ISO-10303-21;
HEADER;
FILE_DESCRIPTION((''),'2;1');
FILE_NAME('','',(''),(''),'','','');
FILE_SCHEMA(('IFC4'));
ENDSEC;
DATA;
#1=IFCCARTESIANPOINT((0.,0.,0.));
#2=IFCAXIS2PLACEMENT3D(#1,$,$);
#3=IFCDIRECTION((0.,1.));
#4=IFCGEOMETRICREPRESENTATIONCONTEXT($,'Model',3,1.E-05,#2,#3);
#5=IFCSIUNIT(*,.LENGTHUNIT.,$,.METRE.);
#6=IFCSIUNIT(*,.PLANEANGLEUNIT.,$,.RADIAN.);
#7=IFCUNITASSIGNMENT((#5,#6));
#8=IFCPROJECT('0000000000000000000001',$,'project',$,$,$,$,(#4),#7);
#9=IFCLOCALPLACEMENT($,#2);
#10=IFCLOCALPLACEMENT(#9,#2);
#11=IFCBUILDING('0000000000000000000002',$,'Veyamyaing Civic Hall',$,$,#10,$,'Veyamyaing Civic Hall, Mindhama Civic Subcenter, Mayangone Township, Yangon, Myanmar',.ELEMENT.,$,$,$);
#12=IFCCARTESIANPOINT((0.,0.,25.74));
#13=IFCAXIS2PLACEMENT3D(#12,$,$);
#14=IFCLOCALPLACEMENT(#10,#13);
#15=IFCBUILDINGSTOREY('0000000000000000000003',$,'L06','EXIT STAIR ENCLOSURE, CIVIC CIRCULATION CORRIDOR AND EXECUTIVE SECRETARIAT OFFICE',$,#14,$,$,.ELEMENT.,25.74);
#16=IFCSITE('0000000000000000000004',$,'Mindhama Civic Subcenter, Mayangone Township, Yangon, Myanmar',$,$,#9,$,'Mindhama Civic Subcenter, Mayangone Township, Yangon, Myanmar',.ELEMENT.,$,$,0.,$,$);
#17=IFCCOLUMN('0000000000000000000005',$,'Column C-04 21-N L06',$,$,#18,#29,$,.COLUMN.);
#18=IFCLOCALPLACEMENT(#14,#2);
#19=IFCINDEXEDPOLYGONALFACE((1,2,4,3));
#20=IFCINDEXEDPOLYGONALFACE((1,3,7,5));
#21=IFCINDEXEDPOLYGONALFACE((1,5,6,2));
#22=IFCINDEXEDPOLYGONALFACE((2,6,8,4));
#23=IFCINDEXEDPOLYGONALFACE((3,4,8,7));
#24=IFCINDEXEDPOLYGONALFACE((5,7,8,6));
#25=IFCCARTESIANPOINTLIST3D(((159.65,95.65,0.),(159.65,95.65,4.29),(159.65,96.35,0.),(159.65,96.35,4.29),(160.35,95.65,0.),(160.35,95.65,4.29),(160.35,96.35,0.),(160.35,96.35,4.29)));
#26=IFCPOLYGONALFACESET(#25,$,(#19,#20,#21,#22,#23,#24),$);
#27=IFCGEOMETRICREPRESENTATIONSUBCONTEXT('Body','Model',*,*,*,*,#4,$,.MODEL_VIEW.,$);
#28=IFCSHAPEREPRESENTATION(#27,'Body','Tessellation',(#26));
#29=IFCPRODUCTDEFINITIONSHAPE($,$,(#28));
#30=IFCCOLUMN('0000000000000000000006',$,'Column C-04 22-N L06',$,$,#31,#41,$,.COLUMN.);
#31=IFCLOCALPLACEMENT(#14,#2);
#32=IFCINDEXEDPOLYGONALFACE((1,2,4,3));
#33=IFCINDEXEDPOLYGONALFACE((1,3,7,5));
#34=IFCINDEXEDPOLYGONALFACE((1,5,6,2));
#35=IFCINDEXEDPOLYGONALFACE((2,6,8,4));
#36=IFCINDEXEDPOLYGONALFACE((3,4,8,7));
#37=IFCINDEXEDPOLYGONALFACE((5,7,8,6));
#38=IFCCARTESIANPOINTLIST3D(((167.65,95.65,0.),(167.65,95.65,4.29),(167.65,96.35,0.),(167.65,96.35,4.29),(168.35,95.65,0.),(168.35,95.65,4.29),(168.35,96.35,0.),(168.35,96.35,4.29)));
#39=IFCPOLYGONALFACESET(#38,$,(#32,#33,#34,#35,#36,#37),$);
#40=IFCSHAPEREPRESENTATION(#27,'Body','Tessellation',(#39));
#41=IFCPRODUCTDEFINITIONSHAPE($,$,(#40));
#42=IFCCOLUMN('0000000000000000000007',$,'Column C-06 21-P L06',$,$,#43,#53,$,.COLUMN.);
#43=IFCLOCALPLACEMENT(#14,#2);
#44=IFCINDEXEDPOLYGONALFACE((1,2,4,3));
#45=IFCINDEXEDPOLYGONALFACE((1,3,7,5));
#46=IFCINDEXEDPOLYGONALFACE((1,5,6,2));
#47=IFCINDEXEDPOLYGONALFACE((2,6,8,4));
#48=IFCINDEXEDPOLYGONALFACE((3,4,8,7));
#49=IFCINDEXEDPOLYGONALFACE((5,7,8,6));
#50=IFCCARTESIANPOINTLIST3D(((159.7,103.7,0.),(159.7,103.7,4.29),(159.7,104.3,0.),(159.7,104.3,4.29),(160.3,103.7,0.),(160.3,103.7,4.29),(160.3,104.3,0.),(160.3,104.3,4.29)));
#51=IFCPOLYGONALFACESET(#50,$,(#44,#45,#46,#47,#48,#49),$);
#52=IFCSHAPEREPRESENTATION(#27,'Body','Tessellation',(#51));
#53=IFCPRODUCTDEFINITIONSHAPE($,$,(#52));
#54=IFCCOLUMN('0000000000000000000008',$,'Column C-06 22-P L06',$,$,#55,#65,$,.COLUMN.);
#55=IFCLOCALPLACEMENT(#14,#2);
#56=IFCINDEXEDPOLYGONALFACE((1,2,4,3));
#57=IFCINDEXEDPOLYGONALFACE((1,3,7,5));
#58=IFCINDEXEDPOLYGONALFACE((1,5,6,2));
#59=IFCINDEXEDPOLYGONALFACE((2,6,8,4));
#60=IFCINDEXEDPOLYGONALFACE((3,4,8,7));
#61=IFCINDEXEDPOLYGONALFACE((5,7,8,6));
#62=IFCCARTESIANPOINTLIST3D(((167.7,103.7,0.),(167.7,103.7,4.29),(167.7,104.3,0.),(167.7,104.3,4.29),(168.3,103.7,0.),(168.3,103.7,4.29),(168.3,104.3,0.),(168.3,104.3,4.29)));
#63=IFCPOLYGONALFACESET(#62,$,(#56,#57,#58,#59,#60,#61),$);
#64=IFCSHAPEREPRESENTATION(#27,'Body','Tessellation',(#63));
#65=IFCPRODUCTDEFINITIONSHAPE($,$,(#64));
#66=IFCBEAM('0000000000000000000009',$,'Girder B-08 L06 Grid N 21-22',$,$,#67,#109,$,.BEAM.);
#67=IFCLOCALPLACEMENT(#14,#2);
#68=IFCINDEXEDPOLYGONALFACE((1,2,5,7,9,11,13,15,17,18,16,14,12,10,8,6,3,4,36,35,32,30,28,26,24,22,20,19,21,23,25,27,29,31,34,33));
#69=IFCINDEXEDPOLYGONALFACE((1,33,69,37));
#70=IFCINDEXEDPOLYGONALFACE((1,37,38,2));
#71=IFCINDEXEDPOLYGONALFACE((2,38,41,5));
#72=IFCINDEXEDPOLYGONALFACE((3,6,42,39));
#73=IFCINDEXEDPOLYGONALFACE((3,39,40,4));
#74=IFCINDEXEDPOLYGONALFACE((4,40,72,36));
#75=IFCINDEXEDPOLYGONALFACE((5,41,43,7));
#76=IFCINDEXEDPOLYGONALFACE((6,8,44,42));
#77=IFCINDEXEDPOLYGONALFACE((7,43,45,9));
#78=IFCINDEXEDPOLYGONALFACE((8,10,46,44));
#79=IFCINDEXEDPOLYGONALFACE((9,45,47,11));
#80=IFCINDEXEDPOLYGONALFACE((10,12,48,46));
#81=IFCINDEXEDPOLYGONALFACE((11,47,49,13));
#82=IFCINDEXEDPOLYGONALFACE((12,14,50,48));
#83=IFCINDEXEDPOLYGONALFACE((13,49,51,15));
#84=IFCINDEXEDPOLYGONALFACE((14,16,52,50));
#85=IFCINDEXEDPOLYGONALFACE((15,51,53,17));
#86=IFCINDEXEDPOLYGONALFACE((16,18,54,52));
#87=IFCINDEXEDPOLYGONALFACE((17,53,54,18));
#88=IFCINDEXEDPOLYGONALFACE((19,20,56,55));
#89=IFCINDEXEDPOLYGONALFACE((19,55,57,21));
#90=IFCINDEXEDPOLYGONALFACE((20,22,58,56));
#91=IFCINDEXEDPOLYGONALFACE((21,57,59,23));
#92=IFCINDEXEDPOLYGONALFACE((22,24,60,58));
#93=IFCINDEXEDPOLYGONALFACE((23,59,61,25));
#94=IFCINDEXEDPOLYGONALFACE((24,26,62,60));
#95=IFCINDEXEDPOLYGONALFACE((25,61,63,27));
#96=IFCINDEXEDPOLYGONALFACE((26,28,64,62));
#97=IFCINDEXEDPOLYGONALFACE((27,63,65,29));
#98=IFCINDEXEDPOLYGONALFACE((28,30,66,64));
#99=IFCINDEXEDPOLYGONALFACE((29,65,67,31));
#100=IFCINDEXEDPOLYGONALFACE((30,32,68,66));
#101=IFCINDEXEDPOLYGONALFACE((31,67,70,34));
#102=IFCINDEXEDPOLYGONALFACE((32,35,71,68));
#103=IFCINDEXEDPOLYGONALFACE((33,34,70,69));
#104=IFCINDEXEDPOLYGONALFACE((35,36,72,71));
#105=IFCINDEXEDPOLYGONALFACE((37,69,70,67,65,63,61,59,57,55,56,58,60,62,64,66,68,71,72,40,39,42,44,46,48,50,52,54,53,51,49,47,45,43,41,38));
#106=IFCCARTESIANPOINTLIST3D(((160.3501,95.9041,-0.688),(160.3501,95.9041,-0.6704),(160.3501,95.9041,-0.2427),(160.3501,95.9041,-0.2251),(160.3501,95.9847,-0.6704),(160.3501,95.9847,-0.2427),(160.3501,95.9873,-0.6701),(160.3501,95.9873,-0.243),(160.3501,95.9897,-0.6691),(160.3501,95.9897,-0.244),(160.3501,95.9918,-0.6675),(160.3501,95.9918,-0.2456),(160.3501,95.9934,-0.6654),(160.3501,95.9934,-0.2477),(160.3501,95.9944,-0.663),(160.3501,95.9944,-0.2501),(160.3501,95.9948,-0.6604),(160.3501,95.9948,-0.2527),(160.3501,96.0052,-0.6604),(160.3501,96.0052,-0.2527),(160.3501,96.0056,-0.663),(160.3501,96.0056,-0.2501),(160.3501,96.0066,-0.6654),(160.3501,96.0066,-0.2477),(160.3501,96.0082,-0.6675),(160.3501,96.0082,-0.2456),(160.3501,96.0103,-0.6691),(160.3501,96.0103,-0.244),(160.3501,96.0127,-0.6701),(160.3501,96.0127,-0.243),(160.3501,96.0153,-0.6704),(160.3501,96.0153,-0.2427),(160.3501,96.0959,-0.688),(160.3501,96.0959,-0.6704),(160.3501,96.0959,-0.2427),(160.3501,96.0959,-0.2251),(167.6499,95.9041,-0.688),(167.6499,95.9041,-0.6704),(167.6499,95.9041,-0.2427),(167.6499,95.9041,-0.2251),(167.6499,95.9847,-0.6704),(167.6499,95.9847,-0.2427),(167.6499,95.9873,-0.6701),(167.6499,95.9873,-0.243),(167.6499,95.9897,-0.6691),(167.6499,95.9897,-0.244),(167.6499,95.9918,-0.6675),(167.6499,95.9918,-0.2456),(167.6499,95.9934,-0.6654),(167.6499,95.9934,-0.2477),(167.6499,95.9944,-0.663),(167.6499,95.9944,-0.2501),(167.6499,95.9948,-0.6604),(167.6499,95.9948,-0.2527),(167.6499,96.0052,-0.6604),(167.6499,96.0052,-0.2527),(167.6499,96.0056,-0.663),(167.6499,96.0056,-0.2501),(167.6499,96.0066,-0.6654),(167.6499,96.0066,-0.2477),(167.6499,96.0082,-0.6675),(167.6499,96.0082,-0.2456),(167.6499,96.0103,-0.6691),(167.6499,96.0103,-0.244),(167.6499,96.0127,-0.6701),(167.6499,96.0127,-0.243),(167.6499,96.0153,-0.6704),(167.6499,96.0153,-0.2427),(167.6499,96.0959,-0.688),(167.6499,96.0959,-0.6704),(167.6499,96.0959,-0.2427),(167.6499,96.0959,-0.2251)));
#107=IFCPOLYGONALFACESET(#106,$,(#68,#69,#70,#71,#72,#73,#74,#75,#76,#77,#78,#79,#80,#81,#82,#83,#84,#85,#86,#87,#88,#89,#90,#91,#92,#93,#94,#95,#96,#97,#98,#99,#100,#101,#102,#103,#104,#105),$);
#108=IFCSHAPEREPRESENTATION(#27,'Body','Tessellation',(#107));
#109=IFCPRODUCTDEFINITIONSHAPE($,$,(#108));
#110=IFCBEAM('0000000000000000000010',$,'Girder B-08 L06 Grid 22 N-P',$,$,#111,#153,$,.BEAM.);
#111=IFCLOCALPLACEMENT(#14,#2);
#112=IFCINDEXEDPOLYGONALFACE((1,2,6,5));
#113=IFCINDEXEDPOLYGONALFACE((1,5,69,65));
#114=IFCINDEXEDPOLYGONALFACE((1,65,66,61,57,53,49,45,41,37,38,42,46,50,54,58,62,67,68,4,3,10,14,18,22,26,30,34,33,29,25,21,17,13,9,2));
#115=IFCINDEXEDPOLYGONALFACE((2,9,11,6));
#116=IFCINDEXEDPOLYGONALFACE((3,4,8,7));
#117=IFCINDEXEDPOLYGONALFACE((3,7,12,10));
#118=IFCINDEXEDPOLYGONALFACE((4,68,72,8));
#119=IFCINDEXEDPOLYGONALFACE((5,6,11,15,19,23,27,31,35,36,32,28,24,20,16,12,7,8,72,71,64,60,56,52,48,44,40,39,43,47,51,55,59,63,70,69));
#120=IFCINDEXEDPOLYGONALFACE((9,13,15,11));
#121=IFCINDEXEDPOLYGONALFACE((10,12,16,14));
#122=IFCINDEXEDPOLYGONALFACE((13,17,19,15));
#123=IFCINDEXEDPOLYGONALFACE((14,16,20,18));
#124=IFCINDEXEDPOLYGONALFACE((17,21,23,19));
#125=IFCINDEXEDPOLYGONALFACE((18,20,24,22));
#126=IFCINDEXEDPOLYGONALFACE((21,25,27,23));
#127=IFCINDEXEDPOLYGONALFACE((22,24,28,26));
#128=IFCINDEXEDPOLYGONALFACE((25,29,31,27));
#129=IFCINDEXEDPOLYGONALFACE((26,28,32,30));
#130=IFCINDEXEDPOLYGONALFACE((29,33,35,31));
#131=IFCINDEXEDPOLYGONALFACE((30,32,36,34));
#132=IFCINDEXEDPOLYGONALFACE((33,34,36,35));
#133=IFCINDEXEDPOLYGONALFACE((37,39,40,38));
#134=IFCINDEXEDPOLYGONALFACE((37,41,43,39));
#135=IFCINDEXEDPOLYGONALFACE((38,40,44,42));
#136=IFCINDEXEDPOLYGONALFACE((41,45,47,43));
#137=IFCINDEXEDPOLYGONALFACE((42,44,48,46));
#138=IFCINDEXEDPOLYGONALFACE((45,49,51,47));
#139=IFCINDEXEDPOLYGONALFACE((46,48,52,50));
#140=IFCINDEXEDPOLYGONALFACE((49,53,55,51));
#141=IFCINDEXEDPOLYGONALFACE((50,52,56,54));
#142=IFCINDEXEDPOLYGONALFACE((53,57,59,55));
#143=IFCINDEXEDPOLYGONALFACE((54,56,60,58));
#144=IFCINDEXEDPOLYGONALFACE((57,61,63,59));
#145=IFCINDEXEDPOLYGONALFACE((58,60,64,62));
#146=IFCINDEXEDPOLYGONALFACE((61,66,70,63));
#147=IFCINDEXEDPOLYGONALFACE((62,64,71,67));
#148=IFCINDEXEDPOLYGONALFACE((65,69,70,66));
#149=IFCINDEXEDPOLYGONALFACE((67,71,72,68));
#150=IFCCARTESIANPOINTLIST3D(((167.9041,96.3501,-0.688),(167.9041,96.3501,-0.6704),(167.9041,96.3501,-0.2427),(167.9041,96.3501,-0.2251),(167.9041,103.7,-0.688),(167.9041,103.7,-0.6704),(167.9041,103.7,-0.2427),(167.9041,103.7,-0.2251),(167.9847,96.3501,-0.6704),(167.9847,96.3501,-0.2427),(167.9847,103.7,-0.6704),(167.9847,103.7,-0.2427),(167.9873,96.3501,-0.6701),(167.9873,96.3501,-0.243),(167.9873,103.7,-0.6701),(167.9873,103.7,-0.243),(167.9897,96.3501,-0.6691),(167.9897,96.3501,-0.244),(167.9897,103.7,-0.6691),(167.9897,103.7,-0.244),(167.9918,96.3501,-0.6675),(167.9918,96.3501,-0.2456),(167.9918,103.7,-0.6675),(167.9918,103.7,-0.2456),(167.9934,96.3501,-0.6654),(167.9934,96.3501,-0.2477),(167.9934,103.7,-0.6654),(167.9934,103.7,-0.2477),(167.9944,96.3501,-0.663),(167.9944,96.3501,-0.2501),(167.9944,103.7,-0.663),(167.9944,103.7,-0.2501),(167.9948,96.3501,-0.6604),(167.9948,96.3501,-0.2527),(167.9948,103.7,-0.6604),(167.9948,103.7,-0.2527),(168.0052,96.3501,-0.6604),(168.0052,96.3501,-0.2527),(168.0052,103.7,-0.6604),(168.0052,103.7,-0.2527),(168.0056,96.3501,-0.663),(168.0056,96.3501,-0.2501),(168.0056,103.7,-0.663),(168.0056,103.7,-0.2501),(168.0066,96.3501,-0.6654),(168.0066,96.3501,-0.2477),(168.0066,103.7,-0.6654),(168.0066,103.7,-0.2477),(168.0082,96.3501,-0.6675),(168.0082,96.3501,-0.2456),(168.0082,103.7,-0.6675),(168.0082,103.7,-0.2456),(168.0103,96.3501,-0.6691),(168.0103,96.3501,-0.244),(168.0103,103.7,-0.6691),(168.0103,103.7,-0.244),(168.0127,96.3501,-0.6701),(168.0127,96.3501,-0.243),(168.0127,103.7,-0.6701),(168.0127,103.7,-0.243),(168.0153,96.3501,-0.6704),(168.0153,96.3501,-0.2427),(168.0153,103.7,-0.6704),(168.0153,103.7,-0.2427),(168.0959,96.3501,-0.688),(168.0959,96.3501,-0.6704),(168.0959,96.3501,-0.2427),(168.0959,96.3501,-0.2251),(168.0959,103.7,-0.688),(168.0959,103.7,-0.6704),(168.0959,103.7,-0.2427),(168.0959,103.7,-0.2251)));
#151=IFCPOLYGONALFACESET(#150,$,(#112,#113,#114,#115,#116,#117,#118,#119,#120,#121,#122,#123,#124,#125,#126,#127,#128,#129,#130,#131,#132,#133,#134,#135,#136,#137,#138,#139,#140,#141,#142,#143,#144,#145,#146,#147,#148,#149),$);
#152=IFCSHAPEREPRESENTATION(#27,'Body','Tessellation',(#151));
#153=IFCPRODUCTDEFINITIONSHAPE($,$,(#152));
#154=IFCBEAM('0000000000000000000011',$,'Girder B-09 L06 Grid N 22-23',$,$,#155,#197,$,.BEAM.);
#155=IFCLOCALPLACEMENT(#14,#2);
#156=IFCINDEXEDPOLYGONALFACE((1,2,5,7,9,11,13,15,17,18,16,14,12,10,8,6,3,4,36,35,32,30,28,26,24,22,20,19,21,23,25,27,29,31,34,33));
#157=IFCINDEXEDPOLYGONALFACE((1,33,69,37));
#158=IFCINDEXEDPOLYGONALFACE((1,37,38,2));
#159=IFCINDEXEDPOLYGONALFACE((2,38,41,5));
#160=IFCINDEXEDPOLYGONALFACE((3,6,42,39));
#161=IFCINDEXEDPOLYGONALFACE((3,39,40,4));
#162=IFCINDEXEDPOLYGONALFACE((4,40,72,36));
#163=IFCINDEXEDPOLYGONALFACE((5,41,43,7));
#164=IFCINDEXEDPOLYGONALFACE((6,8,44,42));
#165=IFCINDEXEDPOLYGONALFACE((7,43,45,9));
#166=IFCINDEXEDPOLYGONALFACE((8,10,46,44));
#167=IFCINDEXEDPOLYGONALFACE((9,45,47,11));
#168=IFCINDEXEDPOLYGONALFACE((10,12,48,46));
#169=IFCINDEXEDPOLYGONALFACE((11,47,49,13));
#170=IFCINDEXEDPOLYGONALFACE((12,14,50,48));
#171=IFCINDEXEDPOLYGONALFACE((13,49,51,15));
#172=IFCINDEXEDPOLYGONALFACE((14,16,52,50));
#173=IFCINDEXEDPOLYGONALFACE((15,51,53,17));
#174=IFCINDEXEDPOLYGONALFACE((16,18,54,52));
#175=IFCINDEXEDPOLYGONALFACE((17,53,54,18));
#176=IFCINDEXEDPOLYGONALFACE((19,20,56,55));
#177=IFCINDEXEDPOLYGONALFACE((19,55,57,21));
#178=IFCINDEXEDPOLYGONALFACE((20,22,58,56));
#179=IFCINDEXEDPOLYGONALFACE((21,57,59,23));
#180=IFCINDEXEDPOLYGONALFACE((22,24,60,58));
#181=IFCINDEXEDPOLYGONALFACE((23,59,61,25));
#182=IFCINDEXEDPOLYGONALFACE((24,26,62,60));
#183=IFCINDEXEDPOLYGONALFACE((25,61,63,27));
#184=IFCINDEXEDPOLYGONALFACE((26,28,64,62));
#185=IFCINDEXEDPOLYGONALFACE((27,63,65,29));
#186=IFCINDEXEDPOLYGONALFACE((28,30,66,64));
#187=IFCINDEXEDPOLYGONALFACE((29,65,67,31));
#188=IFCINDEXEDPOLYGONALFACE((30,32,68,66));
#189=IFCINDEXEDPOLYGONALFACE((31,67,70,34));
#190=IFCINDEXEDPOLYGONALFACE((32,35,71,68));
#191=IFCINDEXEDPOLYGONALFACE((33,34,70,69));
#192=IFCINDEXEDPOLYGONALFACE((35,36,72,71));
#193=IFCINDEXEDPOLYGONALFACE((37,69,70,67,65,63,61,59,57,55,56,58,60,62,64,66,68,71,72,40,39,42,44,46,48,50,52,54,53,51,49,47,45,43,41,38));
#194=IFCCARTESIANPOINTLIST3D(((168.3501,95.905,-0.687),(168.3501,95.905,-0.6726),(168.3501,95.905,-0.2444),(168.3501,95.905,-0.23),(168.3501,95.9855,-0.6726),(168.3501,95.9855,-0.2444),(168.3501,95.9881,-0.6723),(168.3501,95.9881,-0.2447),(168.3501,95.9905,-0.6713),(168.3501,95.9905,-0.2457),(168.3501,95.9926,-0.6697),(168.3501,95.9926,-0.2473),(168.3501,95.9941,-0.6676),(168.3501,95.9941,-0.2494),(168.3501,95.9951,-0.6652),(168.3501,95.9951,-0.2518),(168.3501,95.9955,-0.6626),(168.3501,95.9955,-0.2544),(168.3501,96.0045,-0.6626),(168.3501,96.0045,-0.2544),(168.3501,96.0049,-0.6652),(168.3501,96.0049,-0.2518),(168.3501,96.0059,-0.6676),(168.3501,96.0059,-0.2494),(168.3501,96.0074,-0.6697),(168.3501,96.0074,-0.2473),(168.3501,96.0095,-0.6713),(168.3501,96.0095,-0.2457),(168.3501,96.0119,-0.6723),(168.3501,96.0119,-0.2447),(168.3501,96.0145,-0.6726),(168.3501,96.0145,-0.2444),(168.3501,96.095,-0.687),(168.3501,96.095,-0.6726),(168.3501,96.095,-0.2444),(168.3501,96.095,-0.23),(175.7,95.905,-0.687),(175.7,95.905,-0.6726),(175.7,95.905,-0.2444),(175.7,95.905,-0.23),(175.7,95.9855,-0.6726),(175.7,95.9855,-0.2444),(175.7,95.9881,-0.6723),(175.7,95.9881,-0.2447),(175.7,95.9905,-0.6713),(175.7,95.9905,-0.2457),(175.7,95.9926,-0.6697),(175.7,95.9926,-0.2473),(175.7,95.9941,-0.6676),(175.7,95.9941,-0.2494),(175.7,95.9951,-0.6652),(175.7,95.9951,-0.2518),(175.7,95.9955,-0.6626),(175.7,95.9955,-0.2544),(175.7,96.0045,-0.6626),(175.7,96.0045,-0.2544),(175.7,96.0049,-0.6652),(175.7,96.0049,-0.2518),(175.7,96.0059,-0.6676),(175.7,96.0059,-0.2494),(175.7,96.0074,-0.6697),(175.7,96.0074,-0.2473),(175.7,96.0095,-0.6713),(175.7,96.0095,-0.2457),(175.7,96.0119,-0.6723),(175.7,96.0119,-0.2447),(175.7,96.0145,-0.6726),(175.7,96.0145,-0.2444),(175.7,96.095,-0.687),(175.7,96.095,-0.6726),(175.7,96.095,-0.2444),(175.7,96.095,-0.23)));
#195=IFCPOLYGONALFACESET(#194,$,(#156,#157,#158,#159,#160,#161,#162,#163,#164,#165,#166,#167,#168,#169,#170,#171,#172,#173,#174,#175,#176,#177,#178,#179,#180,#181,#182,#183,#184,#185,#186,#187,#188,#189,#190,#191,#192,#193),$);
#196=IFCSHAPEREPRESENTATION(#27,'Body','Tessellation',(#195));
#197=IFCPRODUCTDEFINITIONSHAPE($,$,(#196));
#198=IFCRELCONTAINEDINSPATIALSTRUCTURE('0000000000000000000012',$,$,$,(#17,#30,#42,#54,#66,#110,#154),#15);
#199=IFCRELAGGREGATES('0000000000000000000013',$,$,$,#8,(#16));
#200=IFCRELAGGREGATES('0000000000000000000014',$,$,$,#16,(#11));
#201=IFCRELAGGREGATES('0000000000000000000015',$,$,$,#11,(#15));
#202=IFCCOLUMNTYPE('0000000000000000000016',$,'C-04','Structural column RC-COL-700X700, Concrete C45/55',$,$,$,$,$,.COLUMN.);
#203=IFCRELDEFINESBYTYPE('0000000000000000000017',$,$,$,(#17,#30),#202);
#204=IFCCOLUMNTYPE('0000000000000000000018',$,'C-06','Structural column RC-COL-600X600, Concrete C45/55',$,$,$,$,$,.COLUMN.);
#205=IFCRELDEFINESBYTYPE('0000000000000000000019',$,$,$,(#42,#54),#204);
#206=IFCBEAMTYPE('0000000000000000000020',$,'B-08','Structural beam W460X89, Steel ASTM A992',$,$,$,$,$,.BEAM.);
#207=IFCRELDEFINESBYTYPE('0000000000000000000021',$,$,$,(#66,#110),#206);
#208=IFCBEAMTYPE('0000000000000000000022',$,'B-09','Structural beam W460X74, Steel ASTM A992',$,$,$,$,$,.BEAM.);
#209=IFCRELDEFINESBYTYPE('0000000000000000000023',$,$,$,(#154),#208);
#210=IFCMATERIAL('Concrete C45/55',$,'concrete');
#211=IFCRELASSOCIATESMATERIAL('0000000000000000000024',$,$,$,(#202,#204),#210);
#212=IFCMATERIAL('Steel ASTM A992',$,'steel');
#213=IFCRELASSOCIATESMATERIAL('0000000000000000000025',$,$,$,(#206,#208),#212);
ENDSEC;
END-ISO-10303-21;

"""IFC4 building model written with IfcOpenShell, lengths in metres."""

from ifc_helpers import new_model, si_unit, direction, frame, origin, origin_2d, place, context, subcontext, project, spatial, rectangle, i_section, extrude, material, material_profile, profile_set, type_object, element, save


model = new_model("IFC4")

# Units and contexts
model_context = context("Model", 3, precision=1e-05, world=origin(), true_north=direction((0.0, 1.0)))
body_context = subcontext(model_context, "Body", "Model", "MODEL_VIEW")
ifc_project = project(units=[si_unit("LENGTHUNIT", "METRE"), si_unit("PLANEANGLEUNIT", "RADIAN")], contexts=[model_context])

# Site, building, storey
site_placement = place(None, origin())
site = spatial("IfcSite", under=ifc_project, at=site_placement, Name="Mindhama Civic Subcenter, Mayangone Township, Yangon, Myanmar", LongName="Mindhama Civic Subcenter, Mayangone Township, Yangon, Myanmar", CompositionType="ELEMENT", RefElevation=0.0)
building_placement = place(site_placement, origin())
building = spatial("IfcBuilding", under=site, at=building_placement, Name="Veyamyaing Civic Hall", LongName="Veyamyaing Civic Hall, Mindhama Civic Subcenter, Mayangone Township, Yangon, Myanmar", CompositionType="ELEMENT")
storey_placement = place(building_placement, frame((0.0, 0.0, 25.74)))
storey = spatial("IfcBuildingStorey", under=building, at=storey_placement, Name="L06", Description="EXIT STAIR ENCLOSURE, CIVIC CIRCULATION CORRIDOR AND EXECUTIVE SECRETARIAT OFFICE", CompositionType="ELEMENT", Elevation=25.74)

# Columns
ifc_material_1 = material(Name="Concrete C45/55", Category="concrete")
ifc_material_profile_1 = material_profile(ifc_material_1, rectangle(XDim=0.7, YDim=0.7, at=origin_2d()), Name="RC-COL-700X700")
ifc_profile_set_1 = profile_set([ifc_material_profile_1], Name="Concrete C45/55")
column_type_1 = type_object("IfcColumnType", Name="C-04", Description="Structural column RC-COL-700X700, Concrete C45/55", PredefinedType="COLUMN", material=ifc_profile_set_1)
for number, where, z_axis, x_axis, name in (
    (1, (160.0, 96.0, 0.0), (0.0, 0.0, 1.0), (1.0, 0.0, 0.0), "Column C-04 21-N L06"),
    (2, (168.0, 96.0, 0.0), (0.0, 0.0, 1.0), (1.0, 0.0, 0.0), "Column C-04 22-N L06"),
):
    element("IfcColumn", number, at=place(storey_placement, frame(where, z_axis=z_axis, x_axis=x_axis)), inside=storey, type_object=column_type_1, Name=name, PredefinedType="COLUMN", context=body_context, shape_type="SweptSolid", body=[
        extrude(rectangle(XDim=0.7, YDim=0.7, at=origin_2d()), origin(), (0.0, 0.0, 1.0), 4.29),
    ])
ifc_material_profile_2 = material_profile(ifc_material_1, rectangle(XDim=0.6001, YDim=0.6001, at=origin_2d()), Name="RC-COL-600X600")
ifc_profile_set_2 = profile_set([ifc_material_profile_2], Name="Concrete C45/55")
column_type_2 = type_object("IfcColumnType", Name="C-06", Description="Structural column RC-COL-600X600, Concrete C45/55", PredefinedType="COLUMN", material=ifc_profile_set_2)
for number, where, z_axis, x_axis, name in (
    (3, (160.0, 104.0, 0.0), (0.0, 0.0, 1.0), (1.0, 0.0, 0.0), "Column C-06 21-P L06"),
    (4, (168.0, 104.0, 0.0), (0.0, 0.0, 1.0), (1.0, 0.0, 0.0), "Column C-06 22-P L06"),
):
    element("IfcColumn", number, at=place(storey_placement, frame(where, z_axis=z_axis, x_axis=x_axis)), inside=storey, type_object=column_type_2, Name=name, PredefinedType="COLUMN", context=body_context, shape_type="SweptSolid", body=[
        extrude(rectangle(XDim=0.6001, YDim=0.6001, at=origin_2d()), origin(), (0.0, 0.0, 1.0), 4.29),
    ])

# Beams
ifc_material_2 = material(Name="Steel ASTM A992", Category="steel")
ifc_material_profile_3 = material_profile(ifc_material_2, i_section(OverallWidth=0.1919, OverallDepth=0.4629, WebThickness=0.0105, FlangeThickness=0.0176, FilletRadius=0.01, at=origin_2d()), Name="W460X89")
ifc_profile_set_3 = profile_set([ifc_material_profile_3], Name="Steel ASTM A992")
beam_type_1 = type_object("IfcBeamType", Name="B-08", Description="Structural beam W460X89, Steel ASTM A992", PredefinedType="BEAM", material=ifc_profile_set_3)
beam_1_placement = place(storey_placement, frame((160.3501, 96.0, -0.4565), z_axis=(1.0, 0.0, 0.0), x_axis=(0.0, 1.0, 0.0)))
element("IfcBeam", 5, at=beam_1_placement, inside=storey, type_object=beam_type_1, Name="Girder B-08 L06 Grid N 21-22", PredefinedType="BEAM", context=body_context, shape_type="SweptSolid", body=[
    extrude(i_section(OverallWidth=0.1919, OverallDepth=0.4629, WebThickness=0.0105, FlangeThickness=0.0176, FilletRadius=0.01, at=origin_2d()), origin(), (0.0, 0.0, 1.0), 7.2998),
])
beam_2_placement = place(storey_placement, frame((168.0, 96.3501, -0.4565), z_axis=(0.0, 1.0, 0.0), x_axis=(-1.0, 0.0, 0.0)))
element("IfcBeam", 6, at=beam_2_placement, inside=storey, type_object=beam_type_1, Name="Girder B-08 L06 Grid 22 N-P", PredefinedType="BEAM", context=body_context, shape_type="SweptSolid", body=[
    extrude(i_section(OverallWidth=0.1919, OverallDepth=0.4629, WebThickness=0.0105, FlangeThickness=0.0176, FilletRadius=0.01, at=origin_2d()), origin(), (0.0, 0.0, 1.0), 7.3499),
])
ifc_material_profile_4 = material_profile(ifc_material_2, i_section(OverallWidth=0.1899, OverallDepth=0.457, WebThickness=0.009, FlangeThickness=0.0144, FilletRadius=0.01, at=origin_2d()), Name="W460X74")
ifc_profile_set_4 = profile_set([ifc_material_profile_4], Name="Steel ASTM A992")
beam_type_2 = type_object("IfcBeamType", Name="B-09", Description="Structural beam W460X74, Steel ASTM A992", PredefinedType="BEAM", material=ifc_profile_set_4)
beam_3_placement = place(storey_placement, frame((168.3501, 96.0, -0.4585), z_axis=(1.0, 0.0, 0.0), x_axis=(0.0, 1.0, 0.0)))
element("IfcBeam", 7, at=beam_3_placement, inside=storey, type_object=beam_type_2, Name="Girder B-09 L06 Grid N 22-23", PredefinedType="BEAM", context=body_context, shape_type="SweptSolid", body=[
    extrude(i_section(OverallWidth=0.1899, OverallDepth=0.457, WebThickness=0.009, FlangeThickness=0.0144, FilletRadius=0.01, at=origin_2d()), origin(), (0.0, 0.0, 1.0), 7.3499),
])

save(model, "model.ifc")
